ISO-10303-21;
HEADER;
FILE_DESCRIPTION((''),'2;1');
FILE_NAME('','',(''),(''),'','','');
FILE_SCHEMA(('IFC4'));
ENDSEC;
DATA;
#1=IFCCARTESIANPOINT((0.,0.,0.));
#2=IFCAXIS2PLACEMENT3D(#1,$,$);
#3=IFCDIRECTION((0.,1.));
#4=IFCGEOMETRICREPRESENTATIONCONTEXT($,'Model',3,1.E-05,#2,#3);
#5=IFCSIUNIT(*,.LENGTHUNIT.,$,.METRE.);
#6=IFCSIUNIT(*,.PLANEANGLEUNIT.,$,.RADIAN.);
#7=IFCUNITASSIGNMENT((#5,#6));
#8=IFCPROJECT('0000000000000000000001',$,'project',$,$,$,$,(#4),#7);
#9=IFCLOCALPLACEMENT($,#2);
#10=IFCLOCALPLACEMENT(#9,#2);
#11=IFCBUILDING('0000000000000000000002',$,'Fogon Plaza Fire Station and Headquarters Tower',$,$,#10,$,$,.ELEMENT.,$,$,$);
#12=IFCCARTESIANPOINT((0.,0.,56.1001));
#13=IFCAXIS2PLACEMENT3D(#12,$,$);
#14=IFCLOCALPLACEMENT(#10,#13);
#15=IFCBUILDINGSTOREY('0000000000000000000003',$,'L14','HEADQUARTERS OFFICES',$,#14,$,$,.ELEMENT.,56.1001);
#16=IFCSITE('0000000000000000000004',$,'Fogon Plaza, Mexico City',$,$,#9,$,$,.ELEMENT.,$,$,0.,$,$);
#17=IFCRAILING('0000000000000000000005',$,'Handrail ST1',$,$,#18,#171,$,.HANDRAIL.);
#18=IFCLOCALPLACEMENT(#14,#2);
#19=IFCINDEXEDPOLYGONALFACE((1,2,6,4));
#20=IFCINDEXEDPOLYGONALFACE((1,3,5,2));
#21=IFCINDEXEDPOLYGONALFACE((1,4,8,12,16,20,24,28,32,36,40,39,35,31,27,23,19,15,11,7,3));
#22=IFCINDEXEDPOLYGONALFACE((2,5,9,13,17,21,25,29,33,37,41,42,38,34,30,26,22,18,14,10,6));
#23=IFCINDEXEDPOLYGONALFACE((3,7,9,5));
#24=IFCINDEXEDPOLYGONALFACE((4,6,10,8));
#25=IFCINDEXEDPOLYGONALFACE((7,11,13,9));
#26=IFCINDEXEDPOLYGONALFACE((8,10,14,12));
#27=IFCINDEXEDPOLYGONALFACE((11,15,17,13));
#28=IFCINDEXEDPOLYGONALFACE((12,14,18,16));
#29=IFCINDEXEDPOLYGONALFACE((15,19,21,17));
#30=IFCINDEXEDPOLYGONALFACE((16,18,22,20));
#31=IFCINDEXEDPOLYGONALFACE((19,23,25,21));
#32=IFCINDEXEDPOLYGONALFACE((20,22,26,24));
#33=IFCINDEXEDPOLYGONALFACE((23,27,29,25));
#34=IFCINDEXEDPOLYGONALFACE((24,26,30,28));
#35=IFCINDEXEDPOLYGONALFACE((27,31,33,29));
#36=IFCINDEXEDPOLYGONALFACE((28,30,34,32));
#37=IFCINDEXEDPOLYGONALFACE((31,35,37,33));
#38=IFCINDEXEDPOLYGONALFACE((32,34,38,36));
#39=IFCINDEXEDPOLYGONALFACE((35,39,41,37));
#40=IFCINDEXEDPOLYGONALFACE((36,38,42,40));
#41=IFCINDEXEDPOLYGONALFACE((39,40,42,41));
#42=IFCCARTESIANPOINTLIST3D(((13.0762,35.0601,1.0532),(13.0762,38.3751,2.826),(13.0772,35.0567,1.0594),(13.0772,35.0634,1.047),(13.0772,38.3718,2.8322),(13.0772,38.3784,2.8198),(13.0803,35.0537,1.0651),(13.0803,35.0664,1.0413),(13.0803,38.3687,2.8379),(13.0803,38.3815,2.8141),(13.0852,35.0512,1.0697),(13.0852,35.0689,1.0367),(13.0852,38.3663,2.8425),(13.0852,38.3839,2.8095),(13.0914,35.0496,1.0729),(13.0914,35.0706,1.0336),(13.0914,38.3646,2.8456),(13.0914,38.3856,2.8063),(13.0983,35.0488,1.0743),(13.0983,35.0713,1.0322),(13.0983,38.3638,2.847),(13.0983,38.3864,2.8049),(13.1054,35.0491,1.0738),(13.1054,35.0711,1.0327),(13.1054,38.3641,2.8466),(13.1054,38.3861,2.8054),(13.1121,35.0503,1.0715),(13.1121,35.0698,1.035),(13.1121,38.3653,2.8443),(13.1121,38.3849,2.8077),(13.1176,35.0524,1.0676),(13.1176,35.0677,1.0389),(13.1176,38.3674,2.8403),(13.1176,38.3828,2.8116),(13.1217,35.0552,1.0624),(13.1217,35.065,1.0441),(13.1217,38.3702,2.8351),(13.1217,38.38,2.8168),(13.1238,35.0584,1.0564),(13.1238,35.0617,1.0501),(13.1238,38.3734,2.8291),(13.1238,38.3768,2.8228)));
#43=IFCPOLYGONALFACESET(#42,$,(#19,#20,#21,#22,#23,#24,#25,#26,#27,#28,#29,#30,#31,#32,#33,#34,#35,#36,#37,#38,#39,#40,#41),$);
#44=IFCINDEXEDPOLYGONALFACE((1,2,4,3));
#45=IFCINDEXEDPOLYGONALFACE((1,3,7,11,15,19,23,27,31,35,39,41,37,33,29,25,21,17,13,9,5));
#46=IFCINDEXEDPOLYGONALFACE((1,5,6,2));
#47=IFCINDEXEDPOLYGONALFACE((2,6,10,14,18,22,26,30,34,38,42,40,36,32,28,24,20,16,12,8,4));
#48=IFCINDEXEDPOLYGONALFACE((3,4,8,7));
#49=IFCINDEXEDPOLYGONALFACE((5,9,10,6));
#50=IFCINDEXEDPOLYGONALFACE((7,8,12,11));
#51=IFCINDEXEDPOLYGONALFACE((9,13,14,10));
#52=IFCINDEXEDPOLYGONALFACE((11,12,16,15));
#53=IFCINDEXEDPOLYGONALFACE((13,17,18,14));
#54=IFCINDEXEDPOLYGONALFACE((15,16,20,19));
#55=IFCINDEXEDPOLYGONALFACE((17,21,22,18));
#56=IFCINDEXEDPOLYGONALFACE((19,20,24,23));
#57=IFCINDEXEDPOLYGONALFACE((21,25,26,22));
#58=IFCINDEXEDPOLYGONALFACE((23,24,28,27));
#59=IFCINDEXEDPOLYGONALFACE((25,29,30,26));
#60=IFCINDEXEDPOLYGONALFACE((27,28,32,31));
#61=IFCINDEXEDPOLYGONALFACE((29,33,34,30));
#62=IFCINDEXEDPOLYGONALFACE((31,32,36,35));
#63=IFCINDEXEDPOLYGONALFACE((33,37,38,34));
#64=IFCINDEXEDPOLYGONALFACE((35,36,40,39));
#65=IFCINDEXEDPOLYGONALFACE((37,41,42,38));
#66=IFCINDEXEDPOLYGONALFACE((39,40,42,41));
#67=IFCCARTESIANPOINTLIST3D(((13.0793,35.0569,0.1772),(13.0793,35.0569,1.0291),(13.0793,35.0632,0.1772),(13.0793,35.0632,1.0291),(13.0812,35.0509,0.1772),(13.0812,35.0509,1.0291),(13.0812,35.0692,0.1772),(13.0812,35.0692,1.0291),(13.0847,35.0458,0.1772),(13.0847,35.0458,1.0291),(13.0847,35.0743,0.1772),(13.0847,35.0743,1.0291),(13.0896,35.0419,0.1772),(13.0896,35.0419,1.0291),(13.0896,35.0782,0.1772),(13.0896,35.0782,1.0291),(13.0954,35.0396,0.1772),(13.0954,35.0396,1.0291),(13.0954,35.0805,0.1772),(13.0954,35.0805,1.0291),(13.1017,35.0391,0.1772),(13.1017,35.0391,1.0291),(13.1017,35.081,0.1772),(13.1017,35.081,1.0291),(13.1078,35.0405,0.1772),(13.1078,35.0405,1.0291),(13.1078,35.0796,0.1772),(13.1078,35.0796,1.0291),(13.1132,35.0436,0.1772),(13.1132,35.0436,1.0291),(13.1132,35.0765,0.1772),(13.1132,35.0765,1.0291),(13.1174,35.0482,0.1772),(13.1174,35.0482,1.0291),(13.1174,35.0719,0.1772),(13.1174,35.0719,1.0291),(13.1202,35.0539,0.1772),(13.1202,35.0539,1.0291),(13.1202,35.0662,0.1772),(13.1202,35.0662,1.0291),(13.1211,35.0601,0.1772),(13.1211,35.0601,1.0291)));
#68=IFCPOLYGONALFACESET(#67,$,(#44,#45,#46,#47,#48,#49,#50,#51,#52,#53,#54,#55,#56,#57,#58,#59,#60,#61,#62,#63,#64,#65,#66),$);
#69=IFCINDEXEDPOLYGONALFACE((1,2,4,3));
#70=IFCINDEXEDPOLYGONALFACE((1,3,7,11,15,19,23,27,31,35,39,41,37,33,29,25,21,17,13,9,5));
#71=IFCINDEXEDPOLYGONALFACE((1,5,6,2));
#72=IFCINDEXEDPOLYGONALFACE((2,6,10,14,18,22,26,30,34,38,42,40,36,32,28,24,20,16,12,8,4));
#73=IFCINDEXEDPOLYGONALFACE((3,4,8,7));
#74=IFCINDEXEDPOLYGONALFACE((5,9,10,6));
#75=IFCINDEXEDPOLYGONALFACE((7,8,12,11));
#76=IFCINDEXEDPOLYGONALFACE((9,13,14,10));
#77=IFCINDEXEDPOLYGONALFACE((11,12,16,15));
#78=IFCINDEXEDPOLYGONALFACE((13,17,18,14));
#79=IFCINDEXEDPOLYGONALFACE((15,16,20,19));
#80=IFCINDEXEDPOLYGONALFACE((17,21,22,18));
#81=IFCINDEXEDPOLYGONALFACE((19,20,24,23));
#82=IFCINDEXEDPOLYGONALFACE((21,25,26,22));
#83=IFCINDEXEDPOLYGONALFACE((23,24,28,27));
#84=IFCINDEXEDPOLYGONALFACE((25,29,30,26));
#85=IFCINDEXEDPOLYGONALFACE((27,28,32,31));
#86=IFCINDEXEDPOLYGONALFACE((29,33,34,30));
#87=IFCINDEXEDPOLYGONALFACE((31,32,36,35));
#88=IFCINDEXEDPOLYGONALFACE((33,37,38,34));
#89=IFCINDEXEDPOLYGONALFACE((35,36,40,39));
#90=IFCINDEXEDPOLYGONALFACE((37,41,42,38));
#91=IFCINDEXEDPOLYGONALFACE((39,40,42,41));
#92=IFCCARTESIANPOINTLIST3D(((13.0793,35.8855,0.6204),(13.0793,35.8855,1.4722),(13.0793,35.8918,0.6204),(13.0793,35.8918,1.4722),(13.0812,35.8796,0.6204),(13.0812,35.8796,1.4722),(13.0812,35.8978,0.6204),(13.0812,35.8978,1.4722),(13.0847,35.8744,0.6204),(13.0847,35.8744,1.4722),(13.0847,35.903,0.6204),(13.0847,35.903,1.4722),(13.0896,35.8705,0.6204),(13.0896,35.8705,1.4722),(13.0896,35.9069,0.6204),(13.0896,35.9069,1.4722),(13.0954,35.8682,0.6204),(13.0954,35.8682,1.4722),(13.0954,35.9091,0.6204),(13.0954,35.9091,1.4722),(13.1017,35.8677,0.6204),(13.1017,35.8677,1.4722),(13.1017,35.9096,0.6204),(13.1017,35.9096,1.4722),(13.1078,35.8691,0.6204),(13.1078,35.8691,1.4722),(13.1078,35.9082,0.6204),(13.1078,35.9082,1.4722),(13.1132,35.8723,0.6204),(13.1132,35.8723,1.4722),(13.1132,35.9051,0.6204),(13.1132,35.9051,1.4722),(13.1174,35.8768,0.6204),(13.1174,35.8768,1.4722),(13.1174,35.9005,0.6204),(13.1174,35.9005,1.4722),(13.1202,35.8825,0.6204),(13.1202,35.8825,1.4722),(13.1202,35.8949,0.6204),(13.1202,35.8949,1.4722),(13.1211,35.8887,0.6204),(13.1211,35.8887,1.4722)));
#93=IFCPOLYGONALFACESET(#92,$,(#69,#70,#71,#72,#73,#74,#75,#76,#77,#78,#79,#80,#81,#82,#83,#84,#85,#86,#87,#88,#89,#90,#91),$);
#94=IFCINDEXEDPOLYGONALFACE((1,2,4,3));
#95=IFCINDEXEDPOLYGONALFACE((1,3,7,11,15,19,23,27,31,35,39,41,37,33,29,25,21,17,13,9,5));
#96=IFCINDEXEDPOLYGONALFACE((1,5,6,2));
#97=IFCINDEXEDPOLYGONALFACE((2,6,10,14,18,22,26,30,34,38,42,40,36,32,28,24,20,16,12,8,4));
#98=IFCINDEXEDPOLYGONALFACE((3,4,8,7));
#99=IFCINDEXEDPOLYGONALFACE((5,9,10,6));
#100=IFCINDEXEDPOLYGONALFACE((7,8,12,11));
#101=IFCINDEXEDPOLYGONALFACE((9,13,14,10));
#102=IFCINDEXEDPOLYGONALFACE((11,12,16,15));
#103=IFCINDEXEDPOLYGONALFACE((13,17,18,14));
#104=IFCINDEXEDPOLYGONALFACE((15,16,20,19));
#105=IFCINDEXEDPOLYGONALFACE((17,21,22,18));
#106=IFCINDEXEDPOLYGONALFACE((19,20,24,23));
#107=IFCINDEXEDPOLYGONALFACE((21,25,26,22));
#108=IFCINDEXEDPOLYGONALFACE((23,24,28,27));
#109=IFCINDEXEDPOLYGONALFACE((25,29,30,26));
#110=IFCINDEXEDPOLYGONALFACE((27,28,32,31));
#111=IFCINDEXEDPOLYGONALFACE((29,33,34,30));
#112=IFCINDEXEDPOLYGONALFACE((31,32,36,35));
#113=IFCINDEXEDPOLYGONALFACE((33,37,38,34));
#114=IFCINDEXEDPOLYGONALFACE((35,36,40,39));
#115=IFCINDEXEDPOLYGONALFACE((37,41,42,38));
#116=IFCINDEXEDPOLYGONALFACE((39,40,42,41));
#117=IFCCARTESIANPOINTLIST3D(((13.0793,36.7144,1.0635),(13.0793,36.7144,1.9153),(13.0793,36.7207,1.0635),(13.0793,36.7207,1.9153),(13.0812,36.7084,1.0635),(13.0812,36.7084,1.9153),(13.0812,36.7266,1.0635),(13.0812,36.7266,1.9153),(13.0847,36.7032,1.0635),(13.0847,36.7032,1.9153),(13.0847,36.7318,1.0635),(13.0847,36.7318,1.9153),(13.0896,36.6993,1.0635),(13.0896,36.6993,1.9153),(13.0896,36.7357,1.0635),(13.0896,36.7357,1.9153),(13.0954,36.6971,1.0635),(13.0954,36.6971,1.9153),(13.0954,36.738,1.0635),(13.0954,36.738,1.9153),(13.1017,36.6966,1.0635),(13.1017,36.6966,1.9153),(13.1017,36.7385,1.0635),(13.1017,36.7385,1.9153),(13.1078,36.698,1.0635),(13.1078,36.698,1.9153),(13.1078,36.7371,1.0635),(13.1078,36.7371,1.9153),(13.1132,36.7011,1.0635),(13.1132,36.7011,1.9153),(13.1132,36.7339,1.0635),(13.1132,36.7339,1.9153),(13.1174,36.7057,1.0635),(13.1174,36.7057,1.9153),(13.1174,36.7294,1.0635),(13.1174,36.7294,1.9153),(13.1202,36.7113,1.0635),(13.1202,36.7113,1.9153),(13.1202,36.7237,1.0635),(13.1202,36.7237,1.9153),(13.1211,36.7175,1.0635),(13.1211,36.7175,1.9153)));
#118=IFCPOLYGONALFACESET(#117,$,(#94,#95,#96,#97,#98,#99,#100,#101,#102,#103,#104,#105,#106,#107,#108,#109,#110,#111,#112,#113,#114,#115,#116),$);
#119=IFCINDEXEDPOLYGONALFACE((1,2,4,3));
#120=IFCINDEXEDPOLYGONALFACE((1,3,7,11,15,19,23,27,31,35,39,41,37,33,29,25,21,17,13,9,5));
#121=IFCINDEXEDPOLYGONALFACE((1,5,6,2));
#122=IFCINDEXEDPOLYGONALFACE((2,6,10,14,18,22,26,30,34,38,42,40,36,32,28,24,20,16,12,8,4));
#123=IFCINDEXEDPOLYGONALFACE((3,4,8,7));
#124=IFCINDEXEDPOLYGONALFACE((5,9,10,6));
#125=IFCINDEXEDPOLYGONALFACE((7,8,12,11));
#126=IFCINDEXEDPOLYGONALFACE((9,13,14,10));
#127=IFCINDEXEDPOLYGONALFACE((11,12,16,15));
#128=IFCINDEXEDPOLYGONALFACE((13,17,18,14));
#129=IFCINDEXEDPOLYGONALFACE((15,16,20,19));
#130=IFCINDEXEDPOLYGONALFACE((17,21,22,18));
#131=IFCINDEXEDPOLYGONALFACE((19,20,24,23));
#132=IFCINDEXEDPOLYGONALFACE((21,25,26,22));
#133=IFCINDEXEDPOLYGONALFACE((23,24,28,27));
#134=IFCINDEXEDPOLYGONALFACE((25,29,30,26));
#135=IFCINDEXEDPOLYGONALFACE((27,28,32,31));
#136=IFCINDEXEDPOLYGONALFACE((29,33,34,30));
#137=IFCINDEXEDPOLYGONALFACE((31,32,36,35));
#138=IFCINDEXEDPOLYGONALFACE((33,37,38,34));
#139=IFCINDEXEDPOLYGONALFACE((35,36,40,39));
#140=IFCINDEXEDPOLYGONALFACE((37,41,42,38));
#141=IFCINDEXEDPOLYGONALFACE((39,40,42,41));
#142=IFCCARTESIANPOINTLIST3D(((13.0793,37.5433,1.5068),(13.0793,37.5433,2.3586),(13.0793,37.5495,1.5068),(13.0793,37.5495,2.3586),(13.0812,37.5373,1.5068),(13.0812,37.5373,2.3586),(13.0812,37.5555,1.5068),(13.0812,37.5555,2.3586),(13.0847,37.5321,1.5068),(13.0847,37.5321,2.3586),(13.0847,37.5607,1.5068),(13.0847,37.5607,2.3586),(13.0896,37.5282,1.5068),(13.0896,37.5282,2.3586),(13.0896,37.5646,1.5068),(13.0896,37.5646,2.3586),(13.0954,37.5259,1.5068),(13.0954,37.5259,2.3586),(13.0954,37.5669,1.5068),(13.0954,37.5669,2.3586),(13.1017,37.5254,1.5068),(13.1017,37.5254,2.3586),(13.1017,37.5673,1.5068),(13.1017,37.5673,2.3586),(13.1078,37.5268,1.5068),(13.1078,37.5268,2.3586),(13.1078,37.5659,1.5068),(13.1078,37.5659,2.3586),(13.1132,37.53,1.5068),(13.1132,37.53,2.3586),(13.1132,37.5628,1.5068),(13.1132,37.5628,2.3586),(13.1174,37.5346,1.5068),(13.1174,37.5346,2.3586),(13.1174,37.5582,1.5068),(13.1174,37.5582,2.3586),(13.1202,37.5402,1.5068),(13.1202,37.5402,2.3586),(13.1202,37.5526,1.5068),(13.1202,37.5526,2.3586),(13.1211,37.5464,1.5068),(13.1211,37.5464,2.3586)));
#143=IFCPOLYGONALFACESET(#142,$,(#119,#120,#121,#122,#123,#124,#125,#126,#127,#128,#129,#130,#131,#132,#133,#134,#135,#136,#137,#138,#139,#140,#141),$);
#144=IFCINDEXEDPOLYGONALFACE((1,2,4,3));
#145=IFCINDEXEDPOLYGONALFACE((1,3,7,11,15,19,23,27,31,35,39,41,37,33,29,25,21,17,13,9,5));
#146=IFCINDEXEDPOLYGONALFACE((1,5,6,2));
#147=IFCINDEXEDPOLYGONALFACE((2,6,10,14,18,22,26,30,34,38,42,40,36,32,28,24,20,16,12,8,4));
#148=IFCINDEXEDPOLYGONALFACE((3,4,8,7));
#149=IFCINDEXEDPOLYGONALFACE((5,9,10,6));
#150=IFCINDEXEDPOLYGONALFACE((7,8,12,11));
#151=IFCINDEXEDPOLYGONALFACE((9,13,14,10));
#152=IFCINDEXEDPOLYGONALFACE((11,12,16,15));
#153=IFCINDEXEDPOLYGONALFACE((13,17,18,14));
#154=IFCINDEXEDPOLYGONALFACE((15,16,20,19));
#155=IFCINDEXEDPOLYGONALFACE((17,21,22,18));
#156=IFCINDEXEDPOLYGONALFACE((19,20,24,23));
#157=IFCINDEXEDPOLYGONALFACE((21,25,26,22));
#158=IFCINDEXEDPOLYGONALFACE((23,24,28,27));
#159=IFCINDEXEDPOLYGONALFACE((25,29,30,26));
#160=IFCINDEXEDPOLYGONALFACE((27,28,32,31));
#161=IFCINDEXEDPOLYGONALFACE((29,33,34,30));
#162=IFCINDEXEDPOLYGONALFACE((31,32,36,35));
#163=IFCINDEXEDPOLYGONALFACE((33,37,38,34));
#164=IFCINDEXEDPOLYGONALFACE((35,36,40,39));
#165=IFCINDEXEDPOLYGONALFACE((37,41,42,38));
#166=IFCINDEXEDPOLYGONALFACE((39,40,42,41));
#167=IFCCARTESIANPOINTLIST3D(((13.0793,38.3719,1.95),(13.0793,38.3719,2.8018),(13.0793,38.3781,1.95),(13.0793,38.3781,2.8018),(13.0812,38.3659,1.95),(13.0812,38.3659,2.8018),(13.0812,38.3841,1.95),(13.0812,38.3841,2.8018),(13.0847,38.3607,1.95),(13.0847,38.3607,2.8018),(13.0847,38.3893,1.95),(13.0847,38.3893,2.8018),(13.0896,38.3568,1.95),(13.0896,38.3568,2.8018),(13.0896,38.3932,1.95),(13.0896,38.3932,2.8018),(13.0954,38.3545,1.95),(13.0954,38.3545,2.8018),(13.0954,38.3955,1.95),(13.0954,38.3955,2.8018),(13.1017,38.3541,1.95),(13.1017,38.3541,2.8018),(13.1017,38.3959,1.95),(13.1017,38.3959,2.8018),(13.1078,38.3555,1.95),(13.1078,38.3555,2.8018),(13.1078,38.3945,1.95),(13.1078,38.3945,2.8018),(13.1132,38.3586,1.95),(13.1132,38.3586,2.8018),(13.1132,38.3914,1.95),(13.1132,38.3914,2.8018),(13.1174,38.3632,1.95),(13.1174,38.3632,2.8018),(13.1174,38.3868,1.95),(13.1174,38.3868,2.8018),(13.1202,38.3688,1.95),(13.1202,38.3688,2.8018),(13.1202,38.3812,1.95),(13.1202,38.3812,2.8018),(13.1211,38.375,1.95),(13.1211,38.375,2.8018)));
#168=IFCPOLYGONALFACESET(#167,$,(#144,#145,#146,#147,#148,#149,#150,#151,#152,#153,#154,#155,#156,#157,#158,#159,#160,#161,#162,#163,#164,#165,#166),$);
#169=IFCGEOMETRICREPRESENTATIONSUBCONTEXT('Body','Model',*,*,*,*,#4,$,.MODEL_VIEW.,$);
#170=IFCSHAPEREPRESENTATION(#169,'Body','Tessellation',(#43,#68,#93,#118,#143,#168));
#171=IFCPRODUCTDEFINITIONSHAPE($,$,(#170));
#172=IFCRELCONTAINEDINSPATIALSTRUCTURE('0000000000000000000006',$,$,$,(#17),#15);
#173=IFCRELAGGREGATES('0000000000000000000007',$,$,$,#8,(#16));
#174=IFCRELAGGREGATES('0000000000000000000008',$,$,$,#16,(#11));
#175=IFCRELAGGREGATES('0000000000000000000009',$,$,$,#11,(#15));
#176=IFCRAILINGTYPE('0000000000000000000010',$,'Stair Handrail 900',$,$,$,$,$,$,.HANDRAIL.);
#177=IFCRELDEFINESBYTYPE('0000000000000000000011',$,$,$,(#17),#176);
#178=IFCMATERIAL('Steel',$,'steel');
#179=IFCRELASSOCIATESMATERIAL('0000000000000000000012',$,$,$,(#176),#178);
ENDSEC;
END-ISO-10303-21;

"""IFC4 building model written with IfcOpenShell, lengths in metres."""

from ifc_helpers import new_model, si_unit, direction, frame, origin, origin_2d, place, context, subcontext, project, spatial, circle, extrude, material, type_object, element, save


model = new_model("IFC4")

# Units and contexts
model_context = context("Model", 3, precision=1e-05, world=origin(), true_north=direction((0.0, 1.0)))
body_context = subcontext(model_context, "Body", "Model", "MODEL_VIEW")
ifc_project = project(units=[si_unit("LENGTHUNIT", "METRE"), si_unit("PLANEANGLEUNIT", "RADIAN")], contexts=[model_context])

# Site, building, storey
site_placement = place(None, origin())
site = spatial("IfcSite", under=ifc_project, at=site_placement, Name="Fogon Plaza, Mexico City", CompositionType="ELEMENT", RefElevation=0.0)
building_placement = place(site_placement, origin())
building = spatial("IfcBuilding", under=site, at=building_placement, Name="Fogon Plaza Fire Station and Headquarters Tower", CompositionType="ELEMENT")
storey_placement = place(building_placement, frame((0.0, 0.0, 56.1001)))
storey = spatial("IfcBuildingStorey", under=building, at=storey_placement, Name="L14", Description="HEADQUARTERS OFFICES", CompositionType="ELEMENT", Elevation=56.1001)

# Railing
ifc_material_1 = material(Name="Steel", Category="steel")
railing_type = type_object("IfcRailingType", Name="Stair Handrail 900", PredefinedType="HANDRAIL", material=ifc_material_1)
for number, where, name in (
    (1, (13.1001, 35.0601, 0.1772), "Handrail ST1"),
):
    element("IfcRailing", number, at=place(storey_placement, frame(where)), inside=storey, type_object=railing_type, Name=name, PredefinedType="HANDRAIL", context=body_context, shape_type="SweptSolid", body=[
        extrude(circle(Radius=0.0239, at=origin_2d()), frame((0.0, 0.0, 0.876), z_axis=(0.0, 0.881829, 0.471569), x_axis=(-1.0, 0.0, 0.0)), (0.0, 0.0, 1.0), 3.7593),
        extrude(circle(Radius=0.021, at=origin_2d()), origin(), (0.0, 0.0, 1.0), 0.8518),
        extrude(circle(Radius=0.021, at=origin_2d()), frame((0.0, 0.8286, 0.4431)), (0.0, 0.0, 1.0), 0.8518),
        extrude(circle(Radius=0.021, at=origin_2d()), frame((0.0, 1.6575, 0.8862)), (0.0, 0.0, 1.0), 0.8518),
        extrude(circle(Radius=0.021, at=origin_2d()), frame((0.0, 2.4863, 1.3296)), (0.0, 0.0, 1.0), 0.8518),
        extrude(circle(Radius=0.021, at=origin_2d()), frame((0.0, 3.3149, 1.7727)), (0.0, 0.0, 1.0), 0.8518),
    ])

save(model, "model.ifc")
